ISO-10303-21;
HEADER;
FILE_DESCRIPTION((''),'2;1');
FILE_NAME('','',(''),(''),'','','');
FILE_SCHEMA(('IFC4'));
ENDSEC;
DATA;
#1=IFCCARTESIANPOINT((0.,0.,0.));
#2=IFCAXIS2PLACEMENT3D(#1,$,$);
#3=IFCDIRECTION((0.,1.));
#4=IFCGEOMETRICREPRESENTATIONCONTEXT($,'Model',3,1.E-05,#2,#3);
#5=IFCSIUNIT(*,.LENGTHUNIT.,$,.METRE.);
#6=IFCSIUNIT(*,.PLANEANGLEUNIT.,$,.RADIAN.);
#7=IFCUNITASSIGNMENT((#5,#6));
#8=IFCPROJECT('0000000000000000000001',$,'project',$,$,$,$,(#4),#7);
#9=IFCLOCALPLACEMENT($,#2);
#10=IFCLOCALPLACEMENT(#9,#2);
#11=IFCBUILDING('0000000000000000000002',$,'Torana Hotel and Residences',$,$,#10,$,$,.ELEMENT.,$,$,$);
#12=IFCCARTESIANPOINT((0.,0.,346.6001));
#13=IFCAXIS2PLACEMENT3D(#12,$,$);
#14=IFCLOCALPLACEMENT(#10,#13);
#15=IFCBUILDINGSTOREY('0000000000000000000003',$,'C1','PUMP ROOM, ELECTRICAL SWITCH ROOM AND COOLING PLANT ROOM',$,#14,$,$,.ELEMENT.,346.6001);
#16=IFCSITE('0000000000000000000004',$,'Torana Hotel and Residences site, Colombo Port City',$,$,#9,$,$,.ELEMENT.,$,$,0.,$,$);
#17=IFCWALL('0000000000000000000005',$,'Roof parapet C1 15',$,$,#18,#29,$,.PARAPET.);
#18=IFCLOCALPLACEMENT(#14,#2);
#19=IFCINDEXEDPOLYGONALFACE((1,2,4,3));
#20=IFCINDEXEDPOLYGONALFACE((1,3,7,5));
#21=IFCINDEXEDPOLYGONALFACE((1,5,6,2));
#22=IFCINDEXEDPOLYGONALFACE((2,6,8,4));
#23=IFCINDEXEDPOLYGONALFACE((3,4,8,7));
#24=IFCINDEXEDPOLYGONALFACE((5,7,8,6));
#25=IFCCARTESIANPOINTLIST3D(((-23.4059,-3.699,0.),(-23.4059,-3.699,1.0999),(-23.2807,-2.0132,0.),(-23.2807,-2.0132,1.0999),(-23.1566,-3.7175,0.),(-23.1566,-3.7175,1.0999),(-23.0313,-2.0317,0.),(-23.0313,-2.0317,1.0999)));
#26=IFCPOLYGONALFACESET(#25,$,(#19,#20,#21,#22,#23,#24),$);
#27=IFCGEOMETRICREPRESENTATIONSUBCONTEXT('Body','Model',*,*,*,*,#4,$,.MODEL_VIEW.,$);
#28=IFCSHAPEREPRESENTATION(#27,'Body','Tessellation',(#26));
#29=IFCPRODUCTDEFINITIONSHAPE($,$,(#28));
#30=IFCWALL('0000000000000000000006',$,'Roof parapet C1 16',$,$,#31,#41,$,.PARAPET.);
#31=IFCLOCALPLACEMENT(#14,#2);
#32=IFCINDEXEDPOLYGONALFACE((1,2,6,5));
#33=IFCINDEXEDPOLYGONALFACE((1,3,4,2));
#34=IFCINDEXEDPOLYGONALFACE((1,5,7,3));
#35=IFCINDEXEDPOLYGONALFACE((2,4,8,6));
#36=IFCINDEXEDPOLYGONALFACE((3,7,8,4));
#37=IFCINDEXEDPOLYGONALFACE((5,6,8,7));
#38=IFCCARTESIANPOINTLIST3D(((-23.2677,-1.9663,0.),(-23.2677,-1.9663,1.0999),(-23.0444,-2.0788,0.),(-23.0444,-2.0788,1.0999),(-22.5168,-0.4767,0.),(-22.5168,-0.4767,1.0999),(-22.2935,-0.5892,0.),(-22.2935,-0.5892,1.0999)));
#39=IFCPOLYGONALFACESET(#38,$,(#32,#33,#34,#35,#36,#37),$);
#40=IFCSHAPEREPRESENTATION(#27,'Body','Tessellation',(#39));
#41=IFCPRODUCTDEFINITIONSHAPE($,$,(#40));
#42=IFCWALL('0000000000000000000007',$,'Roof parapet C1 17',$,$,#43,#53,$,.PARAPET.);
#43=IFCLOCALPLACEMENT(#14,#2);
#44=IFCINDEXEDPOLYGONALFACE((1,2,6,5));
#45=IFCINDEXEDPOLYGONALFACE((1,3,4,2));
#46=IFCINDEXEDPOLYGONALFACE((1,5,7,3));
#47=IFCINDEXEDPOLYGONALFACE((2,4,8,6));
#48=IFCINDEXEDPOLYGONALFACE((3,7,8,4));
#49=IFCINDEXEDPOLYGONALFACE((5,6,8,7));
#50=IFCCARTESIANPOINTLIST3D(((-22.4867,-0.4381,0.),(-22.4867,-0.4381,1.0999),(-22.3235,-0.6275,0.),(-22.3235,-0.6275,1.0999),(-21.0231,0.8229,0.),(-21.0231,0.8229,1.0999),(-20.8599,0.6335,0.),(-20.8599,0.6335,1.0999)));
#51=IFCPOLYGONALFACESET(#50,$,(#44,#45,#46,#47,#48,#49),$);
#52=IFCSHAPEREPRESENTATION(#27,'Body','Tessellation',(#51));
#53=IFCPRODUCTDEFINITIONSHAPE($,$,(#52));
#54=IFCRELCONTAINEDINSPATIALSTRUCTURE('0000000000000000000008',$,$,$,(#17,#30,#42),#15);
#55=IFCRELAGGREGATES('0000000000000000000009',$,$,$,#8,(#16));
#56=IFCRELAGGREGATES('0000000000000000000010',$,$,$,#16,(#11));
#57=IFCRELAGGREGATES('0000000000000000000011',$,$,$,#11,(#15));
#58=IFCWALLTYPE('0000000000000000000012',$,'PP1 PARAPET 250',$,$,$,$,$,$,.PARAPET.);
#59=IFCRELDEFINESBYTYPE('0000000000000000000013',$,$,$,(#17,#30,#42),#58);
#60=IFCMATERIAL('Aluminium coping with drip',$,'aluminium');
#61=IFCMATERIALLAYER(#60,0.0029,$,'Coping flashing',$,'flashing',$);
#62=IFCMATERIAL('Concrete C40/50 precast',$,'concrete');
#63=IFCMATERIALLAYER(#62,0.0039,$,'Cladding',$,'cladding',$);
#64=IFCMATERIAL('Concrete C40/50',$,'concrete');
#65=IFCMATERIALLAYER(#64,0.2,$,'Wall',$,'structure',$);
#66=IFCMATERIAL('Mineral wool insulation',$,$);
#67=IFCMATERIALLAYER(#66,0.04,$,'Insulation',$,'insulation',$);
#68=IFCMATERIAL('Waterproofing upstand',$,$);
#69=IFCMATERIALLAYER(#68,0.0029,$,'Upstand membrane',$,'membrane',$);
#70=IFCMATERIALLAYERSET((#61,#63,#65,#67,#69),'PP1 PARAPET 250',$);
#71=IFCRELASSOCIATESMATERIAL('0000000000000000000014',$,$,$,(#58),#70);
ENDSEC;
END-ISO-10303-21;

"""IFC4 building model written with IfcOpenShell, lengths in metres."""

from ifc_helpers import new_model, si_unit, direction, frame, frame_2d, origin, place, context, subcontext, project, spatial, rectangle, extrude, material, layer, layer_set, type_object, element, save


model = new_model("IFC4")

# Units and contexts
model_context = context("Model", 3, precision=1e-05, world=origin(), true_north=direction((0.0, 1.0)))
body_context = subcontext(model_context, "Body", "Model", "MODEL_VIEW")
ifc_project = project(units=[si_unit("LENGTHUNIT", "METRE"), si_unit("PLANEANGLEUNIT", "RADIAN")], contexts=[model_context])

# Site, building, storey
site_placement = place(None, origin())
site = spatial("IfcSite", under=ifc_project, at=site_placement, Name="Torana Hotel and Residences site, Colombo Port City", CompositionType="ELEMENT", RefElevation=0.0)
building_placement = place(site_placement, origin())
building = spatial("IfcBuilding", under=site, at=building_placement, Name="Torana Hotel and Residences", CompositionType="ELEMENT")
storey_placement = place(building_placement, frame((0.0, 0.0, 346.6001)))
storey = spatial("IfcBuildingStorey", under=building, at=storey_placement, Name="C1", Description="PUMP ROOM, ELECTRICAL SWITCH ROOM AND COOLING PLANT ROOM", CompositionType="ELEMENT", Elevation=346.6001)

# Walls
ifc_material_1 = material(Name="Aluminium coping with drip", Category="aluminium")
ifc_layer_1 = layer(ifc_material_1, 0.0029, Name="Coping flashing", Category="flashing")
ifc_material_2 = material(Name="Concrete C40/50 precast", Category="concrete")
ifc_layer_2 = layer(ifc_material_2, 0.0039, Name="Cladding", Category="cladding")
ifc_material_3 = material(Name="Concrete C40/50", Category="concrete")
ifc_layer_3 = layer(ifc_material_3, 0.2, Name="Wall", Category="structure")
ifc_material_4 = material(Name="Mineral wool insulation")
ifc_layer_4 = layer(ifc_material_4, 0.04, Name="Insulation", Category="insulation")
ifc_material_5 = material(Name="Waterproofing upstand")
ifc_layer_5 = layer(ifc_material_5, 0.0029, Name="Upstand membrane", Category="membrane")
ifc_layer_set_1 = layer_set([ifc_layer_1, ifc_layer_2, ifc_layer_3, ifc_layer_4, ifc_layer_5], Name="PP1 PARAPET 250")
wall_type_1 = type_object("IfcWallType", Name="PP1 PARAPET 250", PredefinedType="PARAPET", material=ifc_layer_set_1)
wall_1_placement = place(storey_placement, frame((-23.2812, -3.7083, 0.0), z_axis=(0.0, 0.0, 1.0), x_axis=(0.07409, 0.997252, 0.0)))
element("IfcWall", 1, at=wall_1_placement, inside=storey, type_object=wall_type_1, Name="Roof parapet C1 15", PredefinedType="PARAPET", context=body_context, shape_type="SweptSolid", body=[
    extrude(rectangle(XDim=1.6904, YDim=0.25, at=frame_2d((0.8452, 0.0))), origin(), (0.0, 0.0, 1.0), 1.0999),
])
wall_2_placement = place(storey_placement, frame((-23.156, -2.0225, 0.0), z_axis=(0.0, 0.0, 1.0), x_axis=(0.450138, 0.892959, 0.0)))
element("IfcWall", 2, at=wall_2_placement, inside=storey, type_object=wall_type_1, Name="Roof parapet C1 16", PredefinedType="PARAPET", context=body_context, shape_type="SweptSolid", body=[
    extrude(rectangle(XDim=1.6682, YDim=0.25, at=frame_2d((0.834, 0.0))), origin(), (0.0, 0.0, 1.0), 1.0999),
])
wall_3_placement = place(storey_placement, frame((-22.405, -0.5327, 0.0), z_axis=(0.0, 0.0, 1.0), x_axis=(0.757604, 0.652715, 0.0)))
element("IfcWall", 3, at=wall_3_placement, inside=storey, type_object=wall_type_1, Name="Roof parapet C1 17", PredefinedType="PARAPET", context=body_context, shape_type="SweptSolid", body=[
    extrude(rectangle(XDim=1.9319, YDim=0.25, at=frame_2d((0.9658, 0.0))), origin(), (0.0, 0.0, 1.0), 1.0999),
])

save(model, "model.ifc")
